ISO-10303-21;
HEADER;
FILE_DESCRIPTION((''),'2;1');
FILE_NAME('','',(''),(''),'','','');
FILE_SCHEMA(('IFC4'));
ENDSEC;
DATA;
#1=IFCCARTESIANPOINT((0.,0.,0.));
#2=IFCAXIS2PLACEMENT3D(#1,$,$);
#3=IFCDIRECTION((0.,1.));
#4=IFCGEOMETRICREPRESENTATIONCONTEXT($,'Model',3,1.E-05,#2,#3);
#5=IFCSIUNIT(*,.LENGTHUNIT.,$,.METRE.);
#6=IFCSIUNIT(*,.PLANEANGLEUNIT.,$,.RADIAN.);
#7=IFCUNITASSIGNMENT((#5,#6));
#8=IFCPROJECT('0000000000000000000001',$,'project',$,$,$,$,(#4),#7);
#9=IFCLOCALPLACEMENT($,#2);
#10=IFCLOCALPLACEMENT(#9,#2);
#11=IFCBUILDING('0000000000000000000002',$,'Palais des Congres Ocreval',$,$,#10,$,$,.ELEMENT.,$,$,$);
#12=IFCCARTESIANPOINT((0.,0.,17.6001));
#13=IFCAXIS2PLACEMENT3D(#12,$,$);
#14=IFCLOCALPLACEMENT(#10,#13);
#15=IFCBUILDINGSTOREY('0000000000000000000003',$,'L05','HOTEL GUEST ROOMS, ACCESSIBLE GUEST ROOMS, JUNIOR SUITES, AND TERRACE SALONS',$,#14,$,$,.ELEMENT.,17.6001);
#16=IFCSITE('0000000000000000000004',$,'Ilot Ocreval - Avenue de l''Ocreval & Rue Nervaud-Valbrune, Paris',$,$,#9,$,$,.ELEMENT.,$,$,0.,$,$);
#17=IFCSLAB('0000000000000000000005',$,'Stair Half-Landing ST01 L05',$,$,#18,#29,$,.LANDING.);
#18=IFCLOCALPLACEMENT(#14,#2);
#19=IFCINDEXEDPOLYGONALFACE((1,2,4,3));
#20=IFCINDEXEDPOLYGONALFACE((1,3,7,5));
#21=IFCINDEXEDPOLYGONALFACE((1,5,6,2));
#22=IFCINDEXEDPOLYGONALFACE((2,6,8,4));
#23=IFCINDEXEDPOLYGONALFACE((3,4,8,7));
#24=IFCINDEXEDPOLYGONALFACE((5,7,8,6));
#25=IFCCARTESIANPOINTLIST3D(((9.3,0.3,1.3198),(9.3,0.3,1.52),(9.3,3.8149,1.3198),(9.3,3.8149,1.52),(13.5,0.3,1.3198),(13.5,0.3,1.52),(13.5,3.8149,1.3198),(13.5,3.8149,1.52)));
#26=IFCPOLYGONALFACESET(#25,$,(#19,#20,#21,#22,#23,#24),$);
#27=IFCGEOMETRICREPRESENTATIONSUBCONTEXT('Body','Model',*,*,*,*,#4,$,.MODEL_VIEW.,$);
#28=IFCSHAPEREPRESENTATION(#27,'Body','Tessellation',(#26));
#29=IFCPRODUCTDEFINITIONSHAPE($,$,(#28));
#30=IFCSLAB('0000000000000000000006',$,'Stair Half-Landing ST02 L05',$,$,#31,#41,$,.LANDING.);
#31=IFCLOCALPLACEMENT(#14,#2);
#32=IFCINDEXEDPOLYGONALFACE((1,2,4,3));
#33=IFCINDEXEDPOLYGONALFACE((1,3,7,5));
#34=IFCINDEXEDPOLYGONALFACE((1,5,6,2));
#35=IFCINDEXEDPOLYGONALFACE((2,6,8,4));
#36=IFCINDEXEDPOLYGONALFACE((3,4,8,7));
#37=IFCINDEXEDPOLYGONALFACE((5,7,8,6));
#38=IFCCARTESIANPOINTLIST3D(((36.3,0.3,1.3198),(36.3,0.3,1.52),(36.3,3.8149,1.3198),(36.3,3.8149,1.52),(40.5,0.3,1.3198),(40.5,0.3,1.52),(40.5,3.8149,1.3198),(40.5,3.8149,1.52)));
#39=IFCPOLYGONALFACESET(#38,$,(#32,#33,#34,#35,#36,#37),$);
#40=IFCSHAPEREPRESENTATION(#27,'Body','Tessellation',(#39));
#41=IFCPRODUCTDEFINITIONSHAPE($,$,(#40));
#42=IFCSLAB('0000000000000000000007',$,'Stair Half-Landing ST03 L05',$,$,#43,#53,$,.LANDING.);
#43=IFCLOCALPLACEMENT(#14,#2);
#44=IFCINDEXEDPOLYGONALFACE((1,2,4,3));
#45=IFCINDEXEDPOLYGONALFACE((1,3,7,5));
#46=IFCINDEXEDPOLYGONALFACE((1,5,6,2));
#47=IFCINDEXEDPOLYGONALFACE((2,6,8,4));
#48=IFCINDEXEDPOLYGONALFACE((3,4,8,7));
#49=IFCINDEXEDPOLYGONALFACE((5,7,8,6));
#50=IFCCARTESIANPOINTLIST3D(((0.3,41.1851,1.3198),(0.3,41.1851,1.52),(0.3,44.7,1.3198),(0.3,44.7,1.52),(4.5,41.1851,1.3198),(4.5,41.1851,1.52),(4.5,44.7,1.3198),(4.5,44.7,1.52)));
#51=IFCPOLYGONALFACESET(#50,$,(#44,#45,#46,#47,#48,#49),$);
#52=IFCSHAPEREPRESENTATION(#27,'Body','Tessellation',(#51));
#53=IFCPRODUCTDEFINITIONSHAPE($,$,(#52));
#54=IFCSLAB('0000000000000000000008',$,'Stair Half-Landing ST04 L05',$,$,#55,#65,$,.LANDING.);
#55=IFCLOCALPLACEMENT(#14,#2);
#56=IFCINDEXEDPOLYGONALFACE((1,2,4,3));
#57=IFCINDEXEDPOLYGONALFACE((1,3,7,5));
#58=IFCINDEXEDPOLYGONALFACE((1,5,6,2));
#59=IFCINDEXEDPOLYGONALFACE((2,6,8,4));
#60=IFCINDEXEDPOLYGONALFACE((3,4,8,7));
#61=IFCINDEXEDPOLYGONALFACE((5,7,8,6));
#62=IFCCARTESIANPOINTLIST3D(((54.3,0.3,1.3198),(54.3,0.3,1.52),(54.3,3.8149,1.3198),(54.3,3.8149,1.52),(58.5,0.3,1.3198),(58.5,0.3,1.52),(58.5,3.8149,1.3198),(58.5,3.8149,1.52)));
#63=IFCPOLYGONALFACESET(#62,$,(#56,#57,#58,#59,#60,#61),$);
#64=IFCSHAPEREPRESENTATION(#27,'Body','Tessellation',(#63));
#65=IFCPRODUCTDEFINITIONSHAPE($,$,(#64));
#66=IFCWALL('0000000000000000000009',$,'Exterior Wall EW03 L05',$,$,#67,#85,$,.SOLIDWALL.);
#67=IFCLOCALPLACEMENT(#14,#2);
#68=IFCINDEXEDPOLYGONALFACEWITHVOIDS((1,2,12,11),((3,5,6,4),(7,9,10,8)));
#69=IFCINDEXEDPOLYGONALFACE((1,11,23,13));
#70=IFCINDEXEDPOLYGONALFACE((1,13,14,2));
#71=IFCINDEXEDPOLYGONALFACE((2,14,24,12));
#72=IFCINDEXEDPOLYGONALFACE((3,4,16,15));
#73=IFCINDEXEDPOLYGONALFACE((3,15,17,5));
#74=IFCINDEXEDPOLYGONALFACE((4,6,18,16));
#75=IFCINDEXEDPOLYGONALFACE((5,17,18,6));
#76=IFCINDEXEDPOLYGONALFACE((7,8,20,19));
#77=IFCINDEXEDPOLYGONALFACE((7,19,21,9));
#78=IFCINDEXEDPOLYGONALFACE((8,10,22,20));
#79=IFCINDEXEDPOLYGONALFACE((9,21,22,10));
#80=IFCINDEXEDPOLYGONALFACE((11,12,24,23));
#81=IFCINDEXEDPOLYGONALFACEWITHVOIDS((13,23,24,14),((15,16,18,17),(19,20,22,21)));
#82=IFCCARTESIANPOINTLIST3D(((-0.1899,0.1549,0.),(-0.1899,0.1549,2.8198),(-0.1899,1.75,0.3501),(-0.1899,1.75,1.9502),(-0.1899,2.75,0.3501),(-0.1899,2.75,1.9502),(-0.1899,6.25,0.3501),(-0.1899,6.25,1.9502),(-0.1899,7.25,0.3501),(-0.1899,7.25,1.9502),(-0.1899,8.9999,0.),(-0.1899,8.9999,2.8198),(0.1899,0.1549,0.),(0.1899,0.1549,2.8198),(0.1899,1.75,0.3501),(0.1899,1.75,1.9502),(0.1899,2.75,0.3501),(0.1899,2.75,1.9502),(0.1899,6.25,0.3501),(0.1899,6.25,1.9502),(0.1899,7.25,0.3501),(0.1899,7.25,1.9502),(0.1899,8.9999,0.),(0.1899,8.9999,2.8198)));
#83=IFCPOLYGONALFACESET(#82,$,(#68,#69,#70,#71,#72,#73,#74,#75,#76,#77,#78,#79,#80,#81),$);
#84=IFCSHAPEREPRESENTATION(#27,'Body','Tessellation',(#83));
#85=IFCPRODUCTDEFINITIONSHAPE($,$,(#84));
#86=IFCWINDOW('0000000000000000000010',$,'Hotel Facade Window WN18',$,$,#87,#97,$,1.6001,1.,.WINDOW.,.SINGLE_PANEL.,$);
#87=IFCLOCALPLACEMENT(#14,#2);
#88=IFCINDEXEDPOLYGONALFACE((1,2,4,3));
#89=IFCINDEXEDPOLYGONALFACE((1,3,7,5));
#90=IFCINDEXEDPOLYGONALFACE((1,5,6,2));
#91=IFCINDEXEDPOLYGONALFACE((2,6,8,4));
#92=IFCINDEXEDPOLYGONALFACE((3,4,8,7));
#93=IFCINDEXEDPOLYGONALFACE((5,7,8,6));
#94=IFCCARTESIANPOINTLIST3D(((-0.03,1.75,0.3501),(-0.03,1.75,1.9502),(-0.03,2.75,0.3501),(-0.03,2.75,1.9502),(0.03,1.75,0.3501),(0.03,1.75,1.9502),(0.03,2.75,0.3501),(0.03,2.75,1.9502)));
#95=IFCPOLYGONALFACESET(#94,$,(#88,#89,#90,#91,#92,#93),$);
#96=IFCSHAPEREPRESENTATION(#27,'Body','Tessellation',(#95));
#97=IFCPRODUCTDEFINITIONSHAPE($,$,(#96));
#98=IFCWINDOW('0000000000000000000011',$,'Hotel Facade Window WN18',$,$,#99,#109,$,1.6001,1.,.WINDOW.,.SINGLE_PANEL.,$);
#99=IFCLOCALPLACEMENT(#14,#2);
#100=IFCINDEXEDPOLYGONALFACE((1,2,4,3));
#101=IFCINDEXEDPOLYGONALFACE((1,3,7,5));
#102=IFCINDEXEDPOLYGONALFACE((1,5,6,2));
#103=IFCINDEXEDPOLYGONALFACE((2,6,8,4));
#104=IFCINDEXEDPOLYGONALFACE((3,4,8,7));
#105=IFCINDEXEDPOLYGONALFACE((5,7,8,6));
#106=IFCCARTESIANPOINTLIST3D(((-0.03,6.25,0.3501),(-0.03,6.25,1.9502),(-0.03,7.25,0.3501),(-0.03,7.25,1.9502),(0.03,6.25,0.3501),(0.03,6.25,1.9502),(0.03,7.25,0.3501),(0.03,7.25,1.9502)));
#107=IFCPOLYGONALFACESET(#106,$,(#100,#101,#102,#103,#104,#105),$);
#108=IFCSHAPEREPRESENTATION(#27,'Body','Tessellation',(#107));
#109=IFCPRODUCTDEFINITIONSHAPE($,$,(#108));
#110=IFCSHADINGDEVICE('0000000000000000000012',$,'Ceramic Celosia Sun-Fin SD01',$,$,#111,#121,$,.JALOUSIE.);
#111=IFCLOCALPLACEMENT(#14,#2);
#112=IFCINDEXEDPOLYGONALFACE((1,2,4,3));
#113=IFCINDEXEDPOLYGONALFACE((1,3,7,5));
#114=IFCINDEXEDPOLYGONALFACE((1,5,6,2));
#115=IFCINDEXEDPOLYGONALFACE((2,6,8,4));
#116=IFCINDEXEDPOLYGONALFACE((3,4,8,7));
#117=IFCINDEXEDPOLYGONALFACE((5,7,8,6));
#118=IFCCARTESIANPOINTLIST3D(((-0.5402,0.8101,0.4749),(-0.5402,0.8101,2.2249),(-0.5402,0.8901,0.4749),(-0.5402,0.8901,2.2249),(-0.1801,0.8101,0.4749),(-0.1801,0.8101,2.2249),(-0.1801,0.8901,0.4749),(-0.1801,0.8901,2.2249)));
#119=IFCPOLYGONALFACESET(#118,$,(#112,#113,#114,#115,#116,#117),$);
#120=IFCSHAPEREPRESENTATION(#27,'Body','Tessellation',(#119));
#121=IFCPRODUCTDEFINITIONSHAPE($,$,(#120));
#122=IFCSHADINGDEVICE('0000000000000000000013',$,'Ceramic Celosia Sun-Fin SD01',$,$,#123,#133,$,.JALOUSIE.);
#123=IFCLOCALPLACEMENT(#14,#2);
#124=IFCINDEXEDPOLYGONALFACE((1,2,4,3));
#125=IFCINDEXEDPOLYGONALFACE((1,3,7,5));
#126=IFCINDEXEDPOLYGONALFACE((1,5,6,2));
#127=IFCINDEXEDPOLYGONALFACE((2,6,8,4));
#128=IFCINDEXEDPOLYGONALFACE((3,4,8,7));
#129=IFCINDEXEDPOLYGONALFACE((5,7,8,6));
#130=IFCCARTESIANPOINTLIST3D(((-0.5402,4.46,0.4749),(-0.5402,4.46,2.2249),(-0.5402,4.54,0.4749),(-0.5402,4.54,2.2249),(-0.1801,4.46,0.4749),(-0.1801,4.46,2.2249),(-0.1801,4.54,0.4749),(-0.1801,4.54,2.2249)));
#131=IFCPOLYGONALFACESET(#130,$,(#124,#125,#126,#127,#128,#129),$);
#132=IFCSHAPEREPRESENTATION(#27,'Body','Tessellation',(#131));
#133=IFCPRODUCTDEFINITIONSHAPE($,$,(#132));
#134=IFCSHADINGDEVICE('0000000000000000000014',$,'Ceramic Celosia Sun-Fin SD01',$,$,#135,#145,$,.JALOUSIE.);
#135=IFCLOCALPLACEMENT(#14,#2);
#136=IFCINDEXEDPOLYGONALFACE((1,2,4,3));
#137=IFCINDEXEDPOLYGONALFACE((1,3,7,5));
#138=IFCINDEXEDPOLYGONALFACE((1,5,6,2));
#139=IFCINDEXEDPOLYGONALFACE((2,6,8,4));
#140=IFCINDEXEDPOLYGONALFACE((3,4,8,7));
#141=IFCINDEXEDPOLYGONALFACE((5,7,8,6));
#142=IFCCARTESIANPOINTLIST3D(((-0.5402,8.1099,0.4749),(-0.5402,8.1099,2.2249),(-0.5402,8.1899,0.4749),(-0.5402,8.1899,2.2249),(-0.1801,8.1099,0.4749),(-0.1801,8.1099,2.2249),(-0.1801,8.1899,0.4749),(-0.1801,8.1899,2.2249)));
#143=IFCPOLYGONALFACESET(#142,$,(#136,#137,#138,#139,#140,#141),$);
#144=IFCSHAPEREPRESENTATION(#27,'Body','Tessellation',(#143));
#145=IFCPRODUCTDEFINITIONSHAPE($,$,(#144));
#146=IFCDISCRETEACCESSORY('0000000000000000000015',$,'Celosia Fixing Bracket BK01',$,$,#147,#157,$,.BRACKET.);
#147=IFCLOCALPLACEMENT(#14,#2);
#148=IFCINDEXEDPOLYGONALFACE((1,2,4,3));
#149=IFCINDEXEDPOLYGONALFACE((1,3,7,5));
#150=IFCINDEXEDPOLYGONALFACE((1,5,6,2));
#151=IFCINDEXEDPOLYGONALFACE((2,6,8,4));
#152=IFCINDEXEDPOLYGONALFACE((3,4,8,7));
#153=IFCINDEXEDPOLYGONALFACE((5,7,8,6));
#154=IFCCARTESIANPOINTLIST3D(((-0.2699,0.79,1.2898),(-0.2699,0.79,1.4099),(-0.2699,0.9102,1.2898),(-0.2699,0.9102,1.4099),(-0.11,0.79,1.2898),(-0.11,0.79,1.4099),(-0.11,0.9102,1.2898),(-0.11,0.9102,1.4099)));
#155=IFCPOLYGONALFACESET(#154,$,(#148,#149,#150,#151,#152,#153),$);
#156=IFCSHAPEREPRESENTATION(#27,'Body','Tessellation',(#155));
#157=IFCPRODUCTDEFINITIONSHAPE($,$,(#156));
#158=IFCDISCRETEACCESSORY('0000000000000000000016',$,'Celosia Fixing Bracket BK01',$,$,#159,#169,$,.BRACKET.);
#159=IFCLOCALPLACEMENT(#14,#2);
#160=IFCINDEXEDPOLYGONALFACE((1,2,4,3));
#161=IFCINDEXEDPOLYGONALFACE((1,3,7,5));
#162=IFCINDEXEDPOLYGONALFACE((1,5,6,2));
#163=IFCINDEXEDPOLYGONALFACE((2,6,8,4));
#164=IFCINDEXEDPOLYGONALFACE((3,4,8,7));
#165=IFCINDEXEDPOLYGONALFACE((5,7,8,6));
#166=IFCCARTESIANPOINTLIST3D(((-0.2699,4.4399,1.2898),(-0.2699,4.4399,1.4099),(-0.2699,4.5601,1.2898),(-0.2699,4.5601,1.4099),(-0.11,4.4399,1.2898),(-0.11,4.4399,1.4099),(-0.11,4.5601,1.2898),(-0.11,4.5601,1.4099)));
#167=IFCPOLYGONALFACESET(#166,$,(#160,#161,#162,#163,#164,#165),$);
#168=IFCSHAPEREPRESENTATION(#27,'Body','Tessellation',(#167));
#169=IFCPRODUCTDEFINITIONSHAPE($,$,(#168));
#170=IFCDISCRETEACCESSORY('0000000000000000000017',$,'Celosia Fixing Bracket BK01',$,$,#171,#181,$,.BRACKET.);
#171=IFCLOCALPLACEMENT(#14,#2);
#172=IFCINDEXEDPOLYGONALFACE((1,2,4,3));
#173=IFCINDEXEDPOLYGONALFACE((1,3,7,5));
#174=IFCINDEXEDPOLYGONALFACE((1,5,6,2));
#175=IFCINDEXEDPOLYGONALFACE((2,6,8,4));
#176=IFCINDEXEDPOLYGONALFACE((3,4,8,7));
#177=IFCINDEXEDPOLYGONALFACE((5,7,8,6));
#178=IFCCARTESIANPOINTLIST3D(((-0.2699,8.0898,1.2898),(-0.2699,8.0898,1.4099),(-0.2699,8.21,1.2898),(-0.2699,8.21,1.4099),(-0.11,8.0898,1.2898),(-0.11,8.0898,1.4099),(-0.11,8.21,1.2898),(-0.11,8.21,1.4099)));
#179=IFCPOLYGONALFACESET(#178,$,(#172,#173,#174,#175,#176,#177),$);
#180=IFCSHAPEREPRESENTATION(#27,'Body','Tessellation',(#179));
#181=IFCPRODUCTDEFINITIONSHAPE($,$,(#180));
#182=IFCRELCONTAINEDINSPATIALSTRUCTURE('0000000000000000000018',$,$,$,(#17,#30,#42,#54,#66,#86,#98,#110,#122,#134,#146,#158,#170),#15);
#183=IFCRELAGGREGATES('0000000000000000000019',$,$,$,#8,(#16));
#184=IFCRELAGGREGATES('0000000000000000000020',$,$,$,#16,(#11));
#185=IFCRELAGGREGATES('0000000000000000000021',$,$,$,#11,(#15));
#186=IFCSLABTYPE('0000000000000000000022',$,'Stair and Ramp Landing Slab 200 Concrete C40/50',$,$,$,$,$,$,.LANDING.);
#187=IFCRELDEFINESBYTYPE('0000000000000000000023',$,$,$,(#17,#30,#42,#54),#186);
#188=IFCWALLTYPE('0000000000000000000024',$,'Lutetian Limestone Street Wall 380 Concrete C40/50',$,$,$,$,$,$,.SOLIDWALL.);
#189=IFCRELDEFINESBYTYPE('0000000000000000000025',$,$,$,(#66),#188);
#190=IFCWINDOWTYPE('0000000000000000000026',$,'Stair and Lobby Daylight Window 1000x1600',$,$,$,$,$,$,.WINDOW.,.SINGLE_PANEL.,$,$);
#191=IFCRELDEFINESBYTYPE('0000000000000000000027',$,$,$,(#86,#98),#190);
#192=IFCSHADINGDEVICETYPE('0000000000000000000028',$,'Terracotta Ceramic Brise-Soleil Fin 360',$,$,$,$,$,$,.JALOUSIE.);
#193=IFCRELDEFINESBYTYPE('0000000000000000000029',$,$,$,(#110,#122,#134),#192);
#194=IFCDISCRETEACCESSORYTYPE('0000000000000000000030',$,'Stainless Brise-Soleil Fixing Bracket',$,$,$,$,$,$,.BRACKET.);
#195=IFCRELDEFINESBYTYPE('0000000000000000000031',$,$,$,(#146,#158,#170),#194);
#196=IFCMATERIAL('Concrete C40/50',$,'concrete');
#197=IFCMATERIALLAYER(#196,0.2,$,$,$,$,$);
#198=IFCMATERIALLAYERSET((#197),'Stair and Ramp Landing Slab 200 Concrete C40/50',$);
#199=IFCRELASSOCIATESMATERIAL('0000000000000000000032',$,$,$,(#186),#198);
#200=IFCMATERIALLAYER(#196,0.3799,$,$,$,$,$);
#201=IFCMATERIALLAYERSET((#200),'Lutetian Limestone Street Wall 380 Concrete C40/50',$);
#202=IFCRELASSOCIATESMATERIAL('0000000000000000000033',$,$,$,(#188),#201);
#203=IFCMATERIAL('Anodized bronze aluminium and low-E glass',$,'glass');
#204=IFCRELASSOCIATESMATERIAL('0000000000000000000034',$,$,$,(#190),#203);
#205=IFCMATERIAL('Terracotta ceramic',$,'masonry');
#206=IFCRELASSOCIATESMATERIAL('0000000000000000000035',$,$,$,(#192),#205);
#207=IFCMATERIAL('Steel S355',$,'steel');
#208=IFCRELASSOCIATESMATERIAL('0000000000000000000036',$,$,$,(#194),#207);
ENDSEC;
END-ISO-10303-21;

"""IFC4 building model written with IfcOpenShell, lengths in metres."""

from ifc_helpers import new_model, si_unit, direction, frame, frame_2d, origin, origin_2d, place, context, subcontext, project, spatial, polyline, rectangle, outline, extrude, material, layer, layer_set, type_object, element, fill, save


model = new_model("IFC4")

# Units and contexts
model_context = context("Model", 3, precision=1e-05, world=origin(), true_north=direction((0.0, 1.0)))
body_context = subcontext(model_context, "Body", "Model", "MODEL_VIEW")
ifc_project = project(units=[si_unit("LENGTHUNIT", "METRE"), si_unit("PLANEANGLEUNIT", "RADIAN")], contexts=[model_context])

# Site, building, storey
site_placement = place(None, origin())
site = spatial("IfcSite", under=ifc_project, at=site_placement, Name="Ilot Ocreval - Avenue de l'Ocreval & Rue Nervaud-Valbrune, Paris", CompositionType="ELEMENT", RefElevation=0.0)
building_placement = place(site_placement, origin())
building = spatial("IfcBuilding", under=site, at=building_placement, Name="Palais des Congres Ocreval", CompositionType="ELEMENT")
storey_placement = place(building_placement, frame((0.0, 0.0, 17.6001)))
storey = spatial("IfcBuildingStorey", under=building, at=storey_placement, Name="L05", Description="HOTEL GUEST ROOMS, ACCESSIBLE GUEST ROOMS, JUNIOR SUITES, AND TERRACE SALONS", CompositionType="ELEMENT", Elevation=17.6001)

# Shared definitions
ifc_material_1 = material(Name="Steel S355", Category="steel")

# Slabs
ifc_material_2 = material(Name="Concrete C40/50", Category="concrete")
ifc_layer_1 = layer(ifc_material_2, 0.2)
ifc_layer_set_1 = layer_set([ifc_layer_1], Name="Stair and Ramp Landing Slab 200 Concrete C40/50")
slab_type_1 = type_object("IfcSlabType", Name="Stair and Ramp Landing Slab 200 Concrete C40/50", PredefinedType="LANDING", material=ifc_layer_set_1)
slab_1_placement = place(storey_placement, frame((0.0, 0.0, 1.3198)))
element("IfcSlab", 1, at=slab_1_placement, inside=storey, type_object=slab_type_1, Name="Stair Half-Landing ST01 L05", PredefinedType="LANDING", context=body_context, shape_type="SweptSolid", body=[
    extrude(outline(polyline([(9.3, 0.3), (13.5, 0.3), (13.5, 3.8149), (9.3, 3.8149), (9.3, 0.3)])), origin(), (0.0, 0.0, 1.0), 0.2002),
])
slab_2_placement = place(storey_placement, frame((0.0, 0.0, 1.3198)))
element("IfcSlab", 2, at=slab_2_placement, inside=storey, type_object=slab_type_1, Name="Stair Half-Landing ST02 L05", PredefinedType="LANDING", context=body_context, shape_type="SweptSolid", body=[
    extrude(outline(polyline([(36.3, 0.3), (40.5, 0.3), (40.5, 3.8149), (36.3, 3.8149), (36.3, 0.3)])), origin(), (0.0, 0.0, 1.0), 0.2002),
])
slab_3_placement = place(storey_placement, frame((0.0, 0.0, 1.3198)))
element("IfcSlab", 3, at=slab_3_placement, inside=storey, type_object=slab_type_1, Name="Stair Half-Landing ST03 L05", PredefinedType="LANDING", context=body_context, shape_type="SweptSolid", body=[
    extrude(outline(polyline([(0.3, 41.1851), (4.5, 41.1851), (4.5, 44.7), (0.3, 44.7), (0.3, 41.1851)])), origin(), (0.0, 0.0, 1.0), 0.2002),
])
slab_4_placement = place(storey_placement, frame((0.0, 0.0, 1.3198)))
element("IfcSlab", 4, at=slab_4_placement, inside=storey, type_object=slab_type_1, Name="Stair Half-Landing ST04 L05", PredefinedType="LANDING", context=body_context, shape_type="SweptSolid", body=[
    extrude(outline(polyline([(54.3, 0.3), (58.5, 0.3), (58.5, 3.8149), (54.3, 3.8149), (54.3, 0.3)])), origin(), (0.0, 0.0, 1.0), 0.2002),
])

# Wall, openings, windows
ifc_layer_2 = layer(ifc_material_2, 0.3799)
ifc_layer_set_2 = layer_set([ifc_layer_2], Name="Lutetian Limestone Street Wall 380 Concrete C40/50")
wall_type = type_object("IfcWallType", Name="Lutetian Limestone Street Wall 380 Concrete C40/50", PredefinedType="SOLIDWALL", material=ifc_layer_set_2)
wall_placement = place(storey_placement, frame((0.0, 0.155, 0.0), z_axis=(0.0, 0.0, 1.0), x_axis=(0.0, 1.0, 0.0)))
wall = element("IfcWall", 5, at=wall_placement, inside=storey, type_object=wall_type, Name="Exterior Wall EW03 L05", PredefinedType="SOLIDWALL", context=body_context, shape_type="SweptSolid", body=[
    extrude(rectangle(XDim=8.845, YDim=0.3799, at=frame_2d((4.4224, 0.0))), origin(), (0.0, 0.0, 1.0), 2.8198),
])
opening_1_placement = place(wall_placement, frame((1.595, 0.0, 0.3501)))
opening_1 = element("IfcOpeningElement", 6, at=opening_1_placement, cuts=wall, PredefinedType="OPENING", context=body_context, shape_type="SweptSolid", body=[
    extrude(rectangle(XDim=1.0, YDim=1.6001, at=frame_2d((0.5, 0.8))), frame((0.0, 0.2, 0.0), z_axis=(0.0, -1.0, 0.0), x_axis=(1.0, 0.0, 0.0)), (0.0, 0.0, 1.0), 0.3999),
])
opening_2_placement = place(wall_placement, frame((6.095, 0.0, 0.3501)))
opening_2 = element("IfcOpeningElement", 7, at=opening_2_placement, cuts=wall, PredefinedType="OPENING", context=body_context, shape_type="SweptSolid", body=[
    extrude(rectangle(XDim=1.0, YDim=1.6001, at=frame_2d((0.5, 0.8))), frame((0.0, 0.2, 0.0), z_axis=(0.0, -1.0, 0.0), x_axis=(1.0, 0.0, 0.0)), (0.0, 0.0, 1.0), 0.3999),
])
ifc_material_3 = material(Name="Anodized bronze aluminium and low-E glass", Category="glass")
window_type = type_object("IfcWindowType", Name="Stair and Lobby Daylight Window 1000x1600", PartitioningType="SINGLE_PANEL", PredefinedType="WINDOW", material=ifc_material_3)
window_1_placement = place(opening_1_placement, origin())
window_1 = element("IfcWindow", 8, at=window_1_placement, inside=storey, type_object=window_type, Name="Hotel Facade Window WN18", OverallHeight=1.6001, OverallWidth=1.0, PartitioningType="SINGLE_PANEL", PredefinedType="WINDOW", context=body_context, shape_type="SweptSolid", body=[
    extrude(rectangle(XDim=1.0, YDim=1.6001, at=frame_2d((0.5, 0.8))), frame((0.0, 0.03, 0.0), z_axis=(0.0, -1.0, 0.0), x_axis=(1.0, 0.0, 0.0)), (0.0, 0.0, 1.0), 0.0601),
])
fill(opening_1, window_1)
window_2_placement = place(opening_2_placement, origin())
window_2 = element("IfcWindow", 9, at=window_2_placement, inside=storey, type_object=window_type, Name="Hotel Facade Window WN18", OverallHeight=1.6001, OverallWidth=1.0, PartitioningType="SINGLE_PANEL", PredefinedType="WINDOW", context=body_context, shape_type="SweptSolid", body=[
    extrude(rectangle(XDim=1.0, YDim=1.6001, at=frame_2d((0.5, 0.8))), frame((0.0, 0.03, 0.0), z_axis=(0.0, -1.0, 0.0), x_axis=(1.0, 0.0, 0.0)), (0.0, 0.0, 1.0), 0.0601),
])
fill(opening_2, window_2)

# Shading devices
ifc_material_4 = material(Name="Terracotta ceramic", Category="masonry")
shading_device_type = type_object("IfcShadingDeviceType", Name="Terracotta Ceramic Brise-Soleil Fin 360", PredefinedType="JALOUSIE", material=ifc_material_4)
for number, where, z_axis, x_axis, name in (
    (10, (-0.3601, 0.8501, 0.4749), (0.0, 0.0, 1.0), (-1.0, 0.0, 0.0), "Ceramic Celosia Sun-Fin SD01"),
    (11, (-0.3601, 4.5, 0.4749), (0.0, 0.0, 1.0), (-1.0, 0.0, 0.0), "Ceramic Celosia Sun-Fin SD01"),
    (12, (-0.3601, 8.1499, 0.4749), (0.0, 0.0, 1.0), (-1.0, 0.0, 0.0), "Ceramic Celosia Sun-Fin SD01"),
):
    element("IfcShadingDevice", number, at=place(storey_placement, frame(where, z_axis=z_axis, x_axis=x_axis)), inside=storey, type_object=shading_device_type, Name=name, PredefinedType="JALOUSIE", context=body_context, shape_type="SweptSolid", body=[
        extrude(rectangle(XDim=0.3601, YDim=0.0801, at=origin_2d()), origin(), (0.0, 0.0, 1.0), 1.75),
    ])

# Discrete accessories
discrete_accessory_type = type_object("IfcDiscreteAccessoryType", Name="Stainless Brise-Soleil Fixing Bracket", PredefinedType="BRACKET", material=ifc_material_1)
for number, where, z_axis, x_axis, name in (
    (13, (-0.1899, 0.8501, 1.2898), (0.0, 0.0, 1.0), (-1.0, 0.0, 0.0), "Celosia Fixing Bracket BK01"),
    (14, (-0.1899, 4.5, 1.2898), (0.0, 0.0, 1.0), (-1.0, 0.0, 0.0), "Celosia Fixing Bracket BK01"),
    (15, (-0.1899, 8.1499, 1.2898), (0.0, 0.0, 1.0), (-1.0, 0.0, 0.0), "Celosia Fixing Bracket BK01"),
):
    element("IfcDiscreteAccessory", number, at=place(storey_placement, frame(where, z_axis=z_axis, x_axis=x_axis)), inside=storey, type_object=discrete_accessory_type, Name=name, PredefinedType="BRACKET", context=body_context, shape_type="SweptSolid", body=[
        extrude(rectangle(XDim=0.1599, YDim=0.1201, at=origin_2d()), origin(), (0.0, 0.0, 1.0), 0.1201),
    ])

save(model, "model.ifc")
